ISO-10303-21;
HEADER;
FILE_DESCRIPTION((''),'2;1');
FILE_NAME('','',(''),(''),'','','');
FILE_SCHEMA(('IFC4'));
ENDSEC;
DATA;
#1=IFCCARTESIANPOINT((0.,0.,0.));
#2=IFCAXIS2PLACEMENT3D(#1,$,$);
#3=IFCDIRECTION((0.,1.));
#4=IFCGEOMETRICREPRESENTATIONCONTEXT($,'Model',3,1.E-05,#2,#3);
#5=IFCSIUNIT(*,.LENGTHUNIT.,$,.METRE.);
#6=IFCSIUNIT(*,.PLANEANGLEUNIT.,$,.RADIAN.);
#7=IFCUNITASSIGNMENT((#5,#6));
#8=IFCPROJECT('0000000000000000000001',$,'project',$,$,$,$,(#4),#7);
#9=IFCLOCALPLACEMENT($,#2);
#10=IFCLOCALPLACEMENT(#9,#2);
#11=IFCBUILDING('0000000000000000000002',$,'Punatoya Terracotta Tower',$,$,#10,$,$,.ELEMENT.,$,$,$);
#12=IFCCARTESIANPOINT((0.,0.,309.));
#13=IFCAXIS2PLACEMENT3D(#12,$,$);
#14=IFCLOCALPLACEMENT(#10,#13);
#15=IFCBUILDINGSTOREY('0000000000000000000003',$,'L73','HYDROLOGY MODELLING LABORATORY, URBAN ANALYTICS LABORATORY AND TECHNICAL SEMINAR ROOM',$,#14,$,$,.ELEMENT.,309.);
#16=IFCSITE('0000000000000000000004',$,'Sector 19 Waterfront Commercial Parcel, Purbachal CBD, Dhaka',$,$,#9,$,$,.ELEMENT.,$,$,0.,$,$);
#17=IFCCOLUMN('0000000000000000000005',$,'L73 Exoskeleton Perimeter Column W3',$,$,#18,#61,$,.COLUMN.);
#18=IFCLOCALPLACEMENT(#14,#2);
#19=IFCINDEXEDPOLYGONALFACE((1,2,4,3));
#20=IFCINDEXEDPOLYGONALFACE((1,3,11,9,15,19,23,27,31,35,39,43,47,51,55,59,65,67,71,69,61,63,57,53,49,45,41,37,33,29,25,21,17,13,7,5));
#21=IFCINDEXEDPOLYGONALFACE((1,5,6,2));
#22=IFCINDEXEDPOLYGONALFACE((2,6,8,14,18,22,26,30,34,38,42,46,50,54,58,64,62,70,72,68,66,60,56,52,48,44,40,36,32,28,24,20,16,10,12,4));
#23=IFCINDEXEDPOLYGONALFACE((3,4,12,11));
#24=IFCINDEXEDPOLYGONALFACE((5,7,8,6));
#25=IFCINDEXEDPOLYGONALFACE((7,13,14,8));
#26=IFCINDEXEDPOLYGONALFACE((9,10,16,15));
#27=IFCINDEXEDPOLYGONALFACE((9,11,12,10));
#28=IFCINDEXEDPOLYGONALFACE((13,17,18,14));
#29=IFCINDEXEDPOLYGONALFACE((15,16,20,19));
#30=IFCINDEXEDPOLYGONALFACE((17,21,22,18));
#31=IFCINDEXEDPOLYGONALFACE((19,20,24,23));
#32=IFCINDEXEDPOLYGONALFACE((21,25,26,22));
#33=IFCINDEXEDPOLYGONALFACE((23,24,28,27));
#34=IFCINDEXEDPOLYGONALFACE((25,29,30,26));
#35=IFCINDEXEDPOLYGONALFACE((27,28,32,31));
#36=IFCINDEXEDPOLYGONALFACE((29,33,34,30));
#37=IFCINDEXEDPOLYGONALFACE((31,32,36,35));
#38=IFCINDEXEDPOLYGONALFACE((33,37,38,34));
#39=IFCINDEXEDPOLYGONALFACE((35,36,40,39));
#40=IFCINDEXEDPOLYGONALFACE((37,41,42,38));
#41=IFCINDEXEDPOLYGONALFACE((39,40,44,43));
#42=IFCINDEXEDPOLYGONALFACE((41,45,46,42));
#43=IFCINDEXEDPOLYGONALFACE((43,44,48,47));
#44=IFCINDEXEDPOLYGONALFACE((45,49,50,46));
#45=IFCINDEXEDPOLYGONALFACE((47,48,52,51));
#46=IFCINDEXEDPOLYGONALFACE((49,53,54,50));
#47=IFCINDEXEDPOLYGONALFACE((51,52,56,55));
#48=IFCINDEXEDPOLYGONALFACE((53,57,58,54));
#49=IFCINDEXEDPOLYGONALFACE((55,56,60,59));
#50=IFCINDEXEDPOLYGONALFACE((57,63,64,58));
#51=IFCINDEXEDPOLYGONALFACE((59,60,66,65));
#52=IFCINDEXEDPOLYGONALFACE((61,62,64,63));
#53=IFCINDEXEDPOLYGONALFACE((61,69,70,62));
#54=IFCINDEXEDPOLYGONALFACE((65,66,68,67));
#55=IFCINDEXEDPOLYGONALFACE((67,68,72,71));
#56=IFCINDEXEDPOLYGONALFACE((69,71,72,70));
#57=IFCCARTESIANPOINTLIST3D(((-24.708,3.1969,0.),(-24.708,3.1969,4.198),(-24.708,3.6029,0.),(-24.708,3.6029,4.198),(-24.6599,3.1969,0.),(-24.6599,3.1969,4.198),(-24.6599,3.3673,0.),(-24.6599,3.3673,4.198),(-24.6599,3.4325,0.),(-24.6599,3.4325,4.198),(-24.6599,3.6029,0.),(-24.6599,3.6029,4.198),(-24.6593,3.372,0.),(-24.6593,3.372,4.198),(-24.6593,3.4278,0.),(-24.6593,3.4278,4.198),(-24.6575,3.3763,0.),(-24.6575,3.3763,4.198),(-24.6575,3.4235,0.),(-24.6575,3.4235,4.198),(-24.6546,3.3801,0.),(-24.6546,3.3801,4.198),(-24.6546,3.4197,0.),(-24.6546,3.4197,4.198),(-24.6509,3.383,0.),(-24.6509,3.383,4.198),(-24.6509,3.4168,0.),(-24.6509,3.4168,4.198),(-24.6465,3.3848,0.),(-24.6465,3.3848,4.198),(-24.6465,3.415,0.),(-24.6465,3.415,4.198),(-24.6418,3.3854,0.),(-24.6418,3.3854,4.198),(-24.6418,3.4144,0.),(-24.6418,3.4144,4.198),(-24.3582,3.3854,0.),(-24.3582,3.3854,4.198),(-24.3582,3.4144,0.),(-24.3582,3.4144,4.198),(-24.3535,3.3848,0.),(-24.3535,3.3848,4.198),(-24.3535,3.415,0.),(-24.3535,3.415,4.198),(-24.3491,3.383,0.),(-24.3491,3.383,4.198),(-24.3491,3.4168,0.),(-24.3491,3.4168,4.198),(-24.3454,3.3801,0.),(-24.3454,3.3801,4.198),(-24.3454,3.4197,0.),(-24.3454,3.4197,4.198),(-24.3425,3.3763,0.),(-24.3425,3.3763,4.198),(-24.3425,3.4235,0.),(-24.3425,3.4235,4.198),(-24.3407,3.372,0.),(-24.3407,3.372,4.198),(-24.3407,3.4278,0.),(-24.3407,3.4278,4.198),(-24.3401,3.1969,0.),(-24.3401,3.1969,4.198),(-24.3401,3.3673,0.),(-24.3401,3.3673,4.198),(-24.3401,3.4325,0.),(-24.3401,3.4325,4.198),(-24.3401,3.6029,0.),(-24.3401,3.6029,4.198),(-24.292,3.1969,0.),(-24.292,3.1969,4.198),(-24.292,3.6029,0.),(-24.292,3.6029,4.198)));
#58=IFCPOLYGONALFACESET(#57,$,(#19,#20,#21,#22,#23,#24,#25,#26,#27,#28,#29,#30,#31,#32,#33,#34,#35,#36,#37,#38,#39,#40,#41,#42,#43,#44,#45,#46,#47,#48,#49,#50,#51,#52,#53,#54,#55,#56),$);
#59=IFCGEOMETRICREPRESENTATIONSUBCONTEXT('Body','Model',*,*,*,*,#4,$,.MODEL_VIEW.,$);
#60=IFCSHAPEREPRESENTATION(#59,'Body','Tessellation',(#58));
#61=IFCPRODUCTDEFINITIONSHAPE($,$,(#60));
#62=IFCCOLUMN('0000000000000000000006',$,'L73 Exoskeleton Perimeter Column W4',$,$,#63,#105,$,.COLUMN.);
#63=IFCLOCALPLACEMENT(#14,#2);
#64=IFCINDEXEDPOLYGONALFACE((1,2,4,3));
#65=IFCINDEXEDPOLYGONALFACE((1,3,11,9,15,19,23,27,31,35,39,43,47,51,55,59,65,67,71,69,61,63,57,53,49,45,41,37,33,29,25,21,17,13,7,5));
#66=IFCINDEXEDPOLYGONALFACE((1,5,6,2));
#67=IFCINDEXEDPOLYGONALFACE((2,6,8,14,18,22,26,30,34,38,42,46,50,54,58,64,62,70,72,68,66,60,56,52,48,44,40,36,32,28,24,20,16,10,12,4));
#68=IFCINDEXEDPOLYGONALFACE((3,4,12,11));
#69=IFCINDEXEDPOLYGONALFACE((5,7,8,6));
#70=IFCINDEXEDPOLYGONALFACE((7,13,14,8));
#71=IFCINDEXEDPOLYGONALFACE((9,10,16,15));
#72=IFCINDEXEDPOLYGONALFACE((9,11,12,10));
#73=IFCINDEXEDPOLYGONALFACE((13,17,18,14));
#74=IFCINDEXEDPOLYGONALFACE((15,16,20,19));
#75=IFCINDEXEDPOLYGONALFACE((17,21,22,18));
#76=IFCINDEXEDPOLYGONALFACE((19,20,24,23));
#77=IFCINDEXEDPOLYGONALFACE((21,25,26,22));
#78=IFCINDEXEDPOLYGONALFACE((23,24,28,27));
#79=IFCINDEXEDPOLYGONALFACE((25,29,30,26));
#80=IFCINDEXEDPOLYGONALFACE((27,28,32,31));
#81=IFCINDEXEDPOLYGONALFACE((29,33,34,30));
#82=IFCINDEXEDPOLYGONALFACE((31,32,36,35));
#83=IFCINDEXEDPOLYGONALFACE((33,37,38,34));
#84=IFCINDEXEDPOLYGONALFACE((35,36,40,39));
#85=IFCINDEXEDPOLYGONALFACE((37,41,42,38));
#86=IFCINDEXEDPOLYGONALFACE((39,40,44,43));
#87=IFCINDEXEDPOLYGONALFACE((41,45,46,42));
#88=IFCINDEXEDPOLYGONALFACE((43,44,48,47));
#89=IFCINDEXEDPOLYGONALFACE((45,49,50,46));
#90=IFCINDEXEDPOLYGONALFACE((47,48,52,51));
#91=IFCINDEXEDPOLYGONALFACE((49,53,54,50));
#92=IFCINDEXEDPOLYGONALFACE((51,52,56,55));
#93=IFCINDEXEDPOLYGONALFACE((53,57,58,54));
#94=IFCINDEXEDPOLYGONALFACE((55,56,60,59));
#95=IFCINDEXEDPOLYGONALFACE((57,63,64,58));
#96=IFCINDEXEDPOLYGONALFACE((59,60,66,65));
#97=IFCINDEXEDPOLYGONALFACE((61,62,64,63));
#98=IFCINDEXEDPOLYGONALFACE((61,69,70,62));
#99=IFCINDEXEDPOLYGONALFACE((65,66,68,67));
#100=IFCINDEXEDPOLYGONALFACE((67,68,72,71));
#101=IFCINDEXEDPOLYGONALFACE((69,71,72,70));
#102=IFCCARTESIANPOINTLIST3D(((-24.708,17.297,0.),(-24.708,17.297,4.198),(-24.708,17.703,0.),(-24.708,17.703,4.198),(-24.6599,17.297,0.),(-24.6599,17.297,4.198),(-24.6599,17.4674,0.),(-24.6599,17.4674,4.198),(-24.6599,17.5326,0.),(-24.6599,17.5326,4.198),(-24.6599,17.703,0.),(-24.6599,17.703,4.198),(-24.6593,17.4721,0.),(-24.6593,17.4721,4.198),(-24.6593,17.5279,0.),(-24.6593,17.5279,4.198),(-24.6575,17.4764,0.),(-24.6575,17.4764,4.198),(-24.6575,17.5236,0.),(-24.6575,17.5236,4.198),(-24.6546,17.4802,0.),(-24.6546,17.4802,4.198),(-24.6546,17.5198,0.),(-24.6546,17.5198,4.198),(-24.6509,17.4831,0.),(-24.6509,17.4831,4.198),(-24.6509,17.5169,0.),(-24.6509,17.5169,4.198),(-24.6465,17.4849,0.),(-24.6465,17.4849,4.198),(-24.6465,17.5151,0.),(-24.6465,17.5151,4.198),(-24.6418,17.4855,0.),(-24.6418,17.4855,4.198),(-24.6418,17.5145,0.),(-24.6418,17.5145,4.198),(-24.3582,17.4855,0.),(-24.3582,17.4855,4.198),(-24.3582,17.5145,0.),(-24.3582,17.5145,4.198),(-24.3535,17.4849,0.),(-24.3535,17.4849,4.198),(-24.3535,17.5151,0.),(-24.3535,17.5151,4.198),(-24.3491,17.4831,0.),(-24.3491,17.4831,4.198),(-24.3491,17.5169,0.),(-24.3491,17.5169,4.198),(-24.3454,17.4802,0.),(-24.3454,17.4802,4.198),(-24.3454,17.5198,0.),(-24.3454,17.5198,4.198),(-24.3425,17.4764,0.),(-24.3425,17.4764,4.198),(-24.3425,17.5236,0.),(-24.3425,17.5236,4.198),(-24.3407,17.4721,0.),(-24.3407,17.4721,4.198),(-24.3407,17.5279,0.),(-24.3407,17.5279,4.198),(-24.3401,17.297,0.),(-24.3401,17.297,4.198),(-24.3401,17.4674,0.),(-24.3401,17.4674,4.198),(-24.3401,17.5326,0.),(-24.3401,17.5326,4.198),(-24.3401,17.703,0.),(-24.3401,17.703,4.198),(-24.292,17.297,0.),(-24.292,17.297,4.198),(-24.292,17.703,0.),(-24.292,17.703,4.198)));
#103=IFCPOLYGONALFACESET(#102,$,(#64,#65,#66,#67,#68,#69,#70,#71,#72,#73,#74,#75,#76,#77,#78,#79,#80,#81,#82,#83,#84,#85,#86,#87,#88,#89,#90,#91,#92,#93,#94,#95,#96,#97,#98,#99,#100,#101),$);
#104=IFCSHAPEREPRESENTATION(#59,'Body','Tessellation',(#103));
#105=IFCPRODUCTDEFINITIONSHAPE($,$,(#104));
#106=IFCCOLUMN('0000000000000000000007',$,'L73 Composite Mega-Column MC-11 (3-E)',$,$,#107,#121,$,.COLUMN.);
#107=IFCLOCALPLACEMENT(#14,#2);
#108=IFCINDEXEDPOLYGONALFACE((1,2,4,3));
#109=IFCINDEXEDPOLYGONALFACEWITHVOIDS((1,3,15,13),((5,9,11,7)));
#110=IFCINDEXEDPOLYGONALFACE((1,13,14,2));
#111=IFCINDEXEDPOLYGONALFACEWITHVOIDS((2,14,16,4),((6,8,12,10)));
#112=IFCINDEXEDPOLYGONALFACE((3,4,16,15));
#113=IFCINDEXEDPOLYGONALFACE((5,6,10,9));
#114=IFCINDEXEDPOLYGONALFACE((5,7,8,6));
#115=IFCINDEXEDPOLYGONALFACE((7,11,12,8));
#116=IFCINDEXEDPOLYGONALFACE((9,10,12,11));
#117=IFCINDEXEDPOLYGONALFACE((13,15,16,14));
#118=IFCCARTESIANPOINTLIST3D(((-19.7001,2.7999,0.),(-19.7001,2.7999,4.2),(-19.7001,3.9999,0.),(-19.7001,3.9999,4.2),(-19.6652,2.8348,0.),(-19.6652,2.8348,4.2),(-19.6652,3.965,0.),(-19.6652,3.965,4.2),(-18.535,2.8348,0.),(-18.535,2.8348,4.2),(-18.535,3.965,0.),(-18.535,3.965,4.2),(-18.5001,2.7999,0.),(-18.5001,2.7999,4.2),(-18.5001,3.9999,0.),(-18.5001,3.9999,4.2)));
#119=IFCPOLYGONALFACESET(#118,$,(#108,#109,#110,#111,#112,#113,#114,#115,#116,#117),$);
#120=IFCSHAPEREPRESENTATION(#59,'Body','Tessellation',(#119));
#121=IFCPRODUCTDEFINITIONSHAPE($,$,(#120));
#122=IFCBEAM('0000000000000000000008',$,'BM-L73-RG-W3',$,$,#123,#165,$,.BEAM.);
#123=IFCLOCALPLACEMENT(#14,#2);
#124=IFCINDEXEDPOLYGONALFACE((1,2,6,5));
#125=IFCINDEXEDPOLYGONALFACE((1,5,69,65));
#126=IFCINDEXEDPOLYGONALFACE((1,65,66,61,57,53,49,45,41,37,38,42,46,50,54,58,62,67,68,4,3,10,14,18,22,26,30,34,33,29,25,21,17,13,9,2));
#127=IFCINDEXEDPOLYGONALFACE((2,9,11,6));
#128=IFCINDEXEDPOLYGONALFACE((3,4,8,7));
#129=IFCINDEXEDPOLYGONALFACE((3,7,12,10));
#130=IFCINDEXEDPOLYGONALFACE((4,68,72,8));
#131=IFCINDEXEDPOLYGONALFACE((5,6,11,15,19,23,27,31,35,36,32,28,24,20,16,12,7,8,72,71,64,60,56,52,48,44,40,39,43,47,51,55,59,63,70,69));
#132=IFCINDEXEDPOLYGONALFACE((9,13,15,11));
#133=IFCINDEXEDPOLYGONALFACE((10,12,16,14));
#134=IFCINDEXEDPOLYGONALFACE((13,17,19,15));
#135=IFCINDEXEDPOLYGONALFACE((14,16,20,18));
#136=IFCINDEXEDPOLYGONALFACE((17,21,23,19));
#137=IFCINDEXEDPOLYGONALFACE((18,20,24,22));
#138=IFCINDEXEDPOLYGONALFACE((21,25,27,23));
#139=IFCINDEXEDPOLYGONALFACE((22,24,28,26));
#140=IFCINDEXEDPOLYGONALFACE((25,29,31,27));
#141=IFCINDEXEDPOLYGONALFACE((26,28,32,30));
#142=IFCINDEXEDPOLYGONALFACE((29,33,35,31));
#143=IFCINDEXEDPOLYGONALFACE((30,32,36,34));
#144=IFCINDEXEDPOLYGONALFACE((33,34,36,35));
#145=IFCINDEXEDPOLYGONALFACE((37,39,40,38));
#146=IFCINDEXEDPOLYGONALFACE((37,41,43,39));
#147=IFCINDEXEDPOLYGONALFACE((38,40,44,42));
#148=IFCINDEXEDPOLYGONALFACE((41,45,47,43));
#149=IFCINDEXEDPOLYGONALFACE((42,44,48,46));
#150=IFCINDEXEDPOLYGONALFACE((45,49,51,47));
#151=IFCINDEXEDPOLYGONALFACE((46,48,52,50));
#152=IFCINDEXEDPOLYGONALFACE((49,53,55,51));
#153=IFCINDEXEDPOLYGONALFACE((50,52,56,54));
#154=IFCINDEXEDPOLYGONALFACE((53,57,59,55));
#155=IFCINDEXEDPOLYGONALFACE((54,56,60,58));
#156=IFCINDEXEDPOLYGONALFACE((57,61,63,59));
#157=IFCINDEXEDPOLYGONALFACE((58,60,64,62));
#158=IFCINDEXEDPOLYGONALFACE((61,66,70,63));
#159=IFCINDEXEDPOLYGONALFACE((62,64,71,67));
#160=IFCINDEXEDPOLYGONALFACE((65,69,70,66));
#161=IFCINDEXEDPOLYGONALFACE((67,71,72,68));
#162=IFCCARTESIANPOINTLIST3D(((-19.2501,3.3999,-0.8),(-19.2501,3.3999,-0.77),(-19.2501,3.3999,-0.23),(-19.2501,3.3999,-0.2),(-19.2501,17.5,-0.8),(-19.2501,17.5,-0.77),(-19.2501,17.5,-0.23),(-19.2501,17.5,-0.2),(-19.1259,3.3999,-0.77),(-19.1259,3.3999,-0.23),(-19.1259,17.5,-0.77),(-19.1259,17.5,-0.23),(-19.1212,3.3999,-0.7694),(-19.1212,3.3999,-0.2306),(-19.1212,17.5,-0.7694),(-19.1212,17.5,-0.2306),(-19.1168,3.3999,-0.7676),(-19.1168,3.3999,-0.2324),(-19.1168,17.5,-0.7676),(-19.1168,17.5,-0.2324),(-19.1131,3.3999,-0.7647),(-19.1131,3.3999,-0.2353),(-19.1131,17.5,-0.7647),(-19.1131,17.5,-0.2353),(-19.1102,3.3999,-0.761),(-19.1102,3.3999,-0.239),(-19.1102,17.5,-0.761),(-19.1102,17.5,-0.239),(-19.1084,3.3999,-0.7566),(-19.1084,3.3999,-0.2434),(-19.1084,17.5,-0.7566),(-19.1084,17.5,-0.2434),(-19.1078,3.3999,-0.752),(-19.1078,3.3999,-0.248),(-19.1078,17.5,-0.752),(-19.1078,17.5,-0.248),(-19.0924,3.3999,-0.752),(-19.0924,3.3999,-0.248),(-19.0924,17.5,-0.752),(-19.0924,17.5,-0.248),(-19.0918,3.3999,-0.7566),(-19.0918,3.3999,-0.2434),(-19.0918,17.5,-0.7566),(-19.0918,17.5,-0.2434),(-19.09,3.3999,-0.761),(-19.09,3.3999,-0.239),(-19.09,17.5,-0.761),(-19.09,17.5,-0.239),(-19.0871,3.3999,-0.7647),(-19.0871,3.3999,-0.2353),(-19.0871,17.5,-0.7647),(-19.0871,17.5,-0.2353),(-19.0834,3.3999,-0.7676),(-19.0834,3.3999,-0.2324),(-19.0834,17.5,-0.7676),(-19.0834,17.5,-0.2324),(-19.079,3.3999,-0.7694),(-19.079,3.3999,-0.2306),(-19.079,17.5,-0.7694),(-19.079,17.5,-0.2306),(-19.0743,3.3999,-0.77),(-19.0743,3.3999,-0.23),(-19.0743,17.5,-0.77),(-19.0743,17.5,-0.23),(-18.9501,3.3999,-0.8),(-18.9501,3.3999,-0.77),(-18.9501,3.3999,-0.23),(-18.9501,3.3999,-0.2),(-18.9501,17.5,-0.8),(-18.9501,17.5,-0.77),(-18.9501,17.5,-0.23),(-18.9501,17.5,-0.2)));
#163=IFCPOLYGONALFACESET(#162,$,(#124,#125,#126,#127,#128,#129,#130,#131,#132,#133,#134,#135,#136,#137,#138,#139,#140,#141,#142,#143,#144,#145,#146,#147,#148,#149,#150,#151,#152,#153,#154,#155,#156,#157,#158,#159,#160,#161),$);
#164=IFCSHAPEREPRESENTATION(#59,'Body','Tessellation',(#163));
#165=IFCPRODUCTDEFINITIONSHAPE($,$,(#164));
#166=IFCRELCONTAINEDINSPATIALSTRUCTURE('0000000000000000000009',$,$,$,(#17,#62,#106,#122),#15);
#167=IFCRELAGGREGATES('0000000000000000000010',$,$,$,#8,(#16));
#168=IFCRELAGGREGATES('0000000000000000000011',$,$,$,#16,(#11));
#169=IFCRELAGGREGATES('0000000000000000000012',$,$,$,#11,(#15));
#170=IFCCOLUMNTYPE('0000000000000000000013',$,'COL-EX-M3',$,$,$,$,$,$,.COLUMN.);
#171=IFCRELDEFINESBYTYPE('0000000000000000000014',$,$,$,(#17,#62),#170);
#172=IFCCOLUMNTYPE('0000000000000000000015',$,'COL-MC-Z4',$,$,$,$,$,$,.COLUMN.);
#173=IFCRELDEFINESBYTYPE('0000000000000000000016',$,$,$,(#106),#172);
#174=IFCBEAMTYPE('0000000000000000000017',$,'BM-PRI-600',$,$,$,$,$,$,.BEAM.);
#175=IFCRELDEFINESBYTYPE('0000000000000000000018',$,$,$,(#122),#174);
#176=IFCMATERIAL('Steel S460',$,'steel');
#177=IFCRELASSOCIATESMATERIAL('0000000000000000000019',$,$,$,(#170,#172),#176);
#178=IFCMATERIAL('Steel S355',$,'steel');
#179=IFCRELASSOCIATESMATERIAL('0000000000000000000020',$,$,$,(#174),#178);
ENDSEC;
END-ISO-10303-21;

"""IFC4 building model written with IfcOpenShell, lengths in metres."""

from ifc_helpers import new_model, si_unit, direction, frame, origin, origin_2d, place, context, subcontext, project, spatial, hollow_rectangle, i_section, extrude, material, material_profile, profile_set, type_object, element, save


model = new_model("IFC4")

# Units and contexts
model_context = context("Model", 3, precision=1e-05, world=origin(), true_north=direction((0.0, 1.0)))
body_context = subcontext(model_context, "Body", "Model", "MODEL_VIEW")
ifc_project = project(units=[si_unit("LENGTHUNIT", "METRE"), si_unit("PLANEANGLEUNIT", "RADIAN")], contexts=[model_context])

# Site, building, storey
site_placement = place(None, origin())
site = spatial("IfcSite", under=ifc_project, at=site_placement, Name="Sector 19 Waterfront Commercial Parcel, Purbachal CBD, Dhaka", CompositionType="ELEMENT", RefElevation=0.0)
building_placement = place(site_placement, origin())
building = spatial("IfcBuilding", under=site, at=building_placement, Name="Punatoya Terracotta Tower", CompositionType="ELEMENT")
storey_placement = place(building_placement, frame((0.0, 0.0, 309.0)))
storey = spatial("IfcBuildingStorey", under=building, at=storey_placement, Name="L73", Description="HYDROLOGY MODELLING LABORATORY, URBAN ANALYTICS LABORATORY AND TECHNICAL SEMINAR ROOM", CompositionType="ELEMENT", Elevation=309.0)

# Columns
ifc_material_1 = material(Name="Steel S460", Category="steel")
ifc_material_profile_1 = material_profile(ifc_material_1, i_section(OverallWidth=0.406, OverallDepth=0.416, WebThickness=0.0291, FlangeThickness=0.0481, FilletRadius=0.0181, at=origin_2d()))
ifc_profile_set_1 = profile_set([ifc_material_profile_1], Name="Steel S460")
column_type_1 = type_object("IfcColumnType", Name="COL-EX-M3", PredefinedType="COLUMN", material=ifc_profile_set_1)
for number, where, z_axis, x_axis, name in (
    (1, (-24.5, 3.3999, 0.0), (0.0, 0.0, 1.0), (0.0, 1.0, 0.0), "L73 Exoskeleton Perimeter Column W3"),
    (2, (-24.5, 17.5, 0.0), (0.0, 0.0, 1.0), (0.0, 1.0, 0.0), "L73 Exoskeleton Perimeter Column W4"),
):
    element("IfcColumn", number, at=place(storey_placement, frame(where, z_axis=z_axis, x_axis=x_axis)), inside=storey, type_object=column_type_1, Name=name, PredefinedType="COLUMN", context=body_context, shape_type="SweptSolid", body=[
        extrude(i_section(OverallWidth=0.406, OverallDepth=0.416, WebThickness=0.0291, FlangeThickness=0.0481, FilletRadius=0.0181, at=origin_2d()), origin(), (0.0, 0.0, 1.0), 4.198),
    ])
ifc_material_profile_2 = material_profile(ifc_material_1, hollow_rectangle(XDim=1.2, YDim=1.2, WallThickness=0.0349, at=origin_2d()))
ifc_profile_set_2 = profile_set([ifc_material_profile_2], Name="Steel S460")
column_type_2 = type_object("IfcColumnType", Name="COL-MC-Z4", PredefinedType="COLUMN", material=ifc_profile_set_2)
column_placement = place(storey_placement, frame((-19.1001, 3.3999, 0.0), z_axis=(0.0, 0.0, 1.0), x_axis=(1.0, 0.0, 0.0)))
element("IfcColumn", 3, at=column_placement, inside=storey, type_object=column_type_2, Name="L73 Composite Mega-Column MC-11 (3-E)", PredefinedType="COLUMN", context=body_context, shape_type="SweptSolid", body=[
    extrude(hollow_rectangle(XDim=1.2, YDim=1.2, WallThickness=0.0349, at=origin_2d()), origin(), (0.0, 0.0, 1.0), 4.2),
])

# Beam
ifc_material_2 = material(Name="Steel S355", Category="steel")
ifc_material_profile_3 = material_profile(ifc_material_2, i_section(OverallWidth=0.3, OverallDepth=0.6001, WebThickness=0.0154, FlangeThickness=0.03, FilletRadius=0.0181, at=origin_2d()))
ifc_profile_set_3 = profile_set([ifc_material_profile_3], Name="Steel S355")
beam_type_1 = type_object("IfcBeamType", Name="BM-PRI-600", PredefinedType="BEAM", material=ifc_profile_set_3)
beam_1_placement = place(storey_placement, frame((-19.1001, 3.3999, -0.5), z_axis=(0.0, 1.0, 0.0), x_axis=(-1.0, 0.0, 0.0)))
element("IfcBeam", 4, at=beam_1_placement, inside=storey, type_object=beam_type_1, Name="BM-L73-RG-W3", PredefinedType="BEAM", context=body_context, shape_type="SweptSolid", body=[
    extrude(i_section(OverallWidth=0.3, OverallDepth=0.6001, WebThickness=0.0154, FlangeThickness=0.03, FilletRadius=0.0181, at=origin_2d()), origin(), (0.0, 0.0, 1.0), 14.1001),
])

save(model, "model.ifc")
